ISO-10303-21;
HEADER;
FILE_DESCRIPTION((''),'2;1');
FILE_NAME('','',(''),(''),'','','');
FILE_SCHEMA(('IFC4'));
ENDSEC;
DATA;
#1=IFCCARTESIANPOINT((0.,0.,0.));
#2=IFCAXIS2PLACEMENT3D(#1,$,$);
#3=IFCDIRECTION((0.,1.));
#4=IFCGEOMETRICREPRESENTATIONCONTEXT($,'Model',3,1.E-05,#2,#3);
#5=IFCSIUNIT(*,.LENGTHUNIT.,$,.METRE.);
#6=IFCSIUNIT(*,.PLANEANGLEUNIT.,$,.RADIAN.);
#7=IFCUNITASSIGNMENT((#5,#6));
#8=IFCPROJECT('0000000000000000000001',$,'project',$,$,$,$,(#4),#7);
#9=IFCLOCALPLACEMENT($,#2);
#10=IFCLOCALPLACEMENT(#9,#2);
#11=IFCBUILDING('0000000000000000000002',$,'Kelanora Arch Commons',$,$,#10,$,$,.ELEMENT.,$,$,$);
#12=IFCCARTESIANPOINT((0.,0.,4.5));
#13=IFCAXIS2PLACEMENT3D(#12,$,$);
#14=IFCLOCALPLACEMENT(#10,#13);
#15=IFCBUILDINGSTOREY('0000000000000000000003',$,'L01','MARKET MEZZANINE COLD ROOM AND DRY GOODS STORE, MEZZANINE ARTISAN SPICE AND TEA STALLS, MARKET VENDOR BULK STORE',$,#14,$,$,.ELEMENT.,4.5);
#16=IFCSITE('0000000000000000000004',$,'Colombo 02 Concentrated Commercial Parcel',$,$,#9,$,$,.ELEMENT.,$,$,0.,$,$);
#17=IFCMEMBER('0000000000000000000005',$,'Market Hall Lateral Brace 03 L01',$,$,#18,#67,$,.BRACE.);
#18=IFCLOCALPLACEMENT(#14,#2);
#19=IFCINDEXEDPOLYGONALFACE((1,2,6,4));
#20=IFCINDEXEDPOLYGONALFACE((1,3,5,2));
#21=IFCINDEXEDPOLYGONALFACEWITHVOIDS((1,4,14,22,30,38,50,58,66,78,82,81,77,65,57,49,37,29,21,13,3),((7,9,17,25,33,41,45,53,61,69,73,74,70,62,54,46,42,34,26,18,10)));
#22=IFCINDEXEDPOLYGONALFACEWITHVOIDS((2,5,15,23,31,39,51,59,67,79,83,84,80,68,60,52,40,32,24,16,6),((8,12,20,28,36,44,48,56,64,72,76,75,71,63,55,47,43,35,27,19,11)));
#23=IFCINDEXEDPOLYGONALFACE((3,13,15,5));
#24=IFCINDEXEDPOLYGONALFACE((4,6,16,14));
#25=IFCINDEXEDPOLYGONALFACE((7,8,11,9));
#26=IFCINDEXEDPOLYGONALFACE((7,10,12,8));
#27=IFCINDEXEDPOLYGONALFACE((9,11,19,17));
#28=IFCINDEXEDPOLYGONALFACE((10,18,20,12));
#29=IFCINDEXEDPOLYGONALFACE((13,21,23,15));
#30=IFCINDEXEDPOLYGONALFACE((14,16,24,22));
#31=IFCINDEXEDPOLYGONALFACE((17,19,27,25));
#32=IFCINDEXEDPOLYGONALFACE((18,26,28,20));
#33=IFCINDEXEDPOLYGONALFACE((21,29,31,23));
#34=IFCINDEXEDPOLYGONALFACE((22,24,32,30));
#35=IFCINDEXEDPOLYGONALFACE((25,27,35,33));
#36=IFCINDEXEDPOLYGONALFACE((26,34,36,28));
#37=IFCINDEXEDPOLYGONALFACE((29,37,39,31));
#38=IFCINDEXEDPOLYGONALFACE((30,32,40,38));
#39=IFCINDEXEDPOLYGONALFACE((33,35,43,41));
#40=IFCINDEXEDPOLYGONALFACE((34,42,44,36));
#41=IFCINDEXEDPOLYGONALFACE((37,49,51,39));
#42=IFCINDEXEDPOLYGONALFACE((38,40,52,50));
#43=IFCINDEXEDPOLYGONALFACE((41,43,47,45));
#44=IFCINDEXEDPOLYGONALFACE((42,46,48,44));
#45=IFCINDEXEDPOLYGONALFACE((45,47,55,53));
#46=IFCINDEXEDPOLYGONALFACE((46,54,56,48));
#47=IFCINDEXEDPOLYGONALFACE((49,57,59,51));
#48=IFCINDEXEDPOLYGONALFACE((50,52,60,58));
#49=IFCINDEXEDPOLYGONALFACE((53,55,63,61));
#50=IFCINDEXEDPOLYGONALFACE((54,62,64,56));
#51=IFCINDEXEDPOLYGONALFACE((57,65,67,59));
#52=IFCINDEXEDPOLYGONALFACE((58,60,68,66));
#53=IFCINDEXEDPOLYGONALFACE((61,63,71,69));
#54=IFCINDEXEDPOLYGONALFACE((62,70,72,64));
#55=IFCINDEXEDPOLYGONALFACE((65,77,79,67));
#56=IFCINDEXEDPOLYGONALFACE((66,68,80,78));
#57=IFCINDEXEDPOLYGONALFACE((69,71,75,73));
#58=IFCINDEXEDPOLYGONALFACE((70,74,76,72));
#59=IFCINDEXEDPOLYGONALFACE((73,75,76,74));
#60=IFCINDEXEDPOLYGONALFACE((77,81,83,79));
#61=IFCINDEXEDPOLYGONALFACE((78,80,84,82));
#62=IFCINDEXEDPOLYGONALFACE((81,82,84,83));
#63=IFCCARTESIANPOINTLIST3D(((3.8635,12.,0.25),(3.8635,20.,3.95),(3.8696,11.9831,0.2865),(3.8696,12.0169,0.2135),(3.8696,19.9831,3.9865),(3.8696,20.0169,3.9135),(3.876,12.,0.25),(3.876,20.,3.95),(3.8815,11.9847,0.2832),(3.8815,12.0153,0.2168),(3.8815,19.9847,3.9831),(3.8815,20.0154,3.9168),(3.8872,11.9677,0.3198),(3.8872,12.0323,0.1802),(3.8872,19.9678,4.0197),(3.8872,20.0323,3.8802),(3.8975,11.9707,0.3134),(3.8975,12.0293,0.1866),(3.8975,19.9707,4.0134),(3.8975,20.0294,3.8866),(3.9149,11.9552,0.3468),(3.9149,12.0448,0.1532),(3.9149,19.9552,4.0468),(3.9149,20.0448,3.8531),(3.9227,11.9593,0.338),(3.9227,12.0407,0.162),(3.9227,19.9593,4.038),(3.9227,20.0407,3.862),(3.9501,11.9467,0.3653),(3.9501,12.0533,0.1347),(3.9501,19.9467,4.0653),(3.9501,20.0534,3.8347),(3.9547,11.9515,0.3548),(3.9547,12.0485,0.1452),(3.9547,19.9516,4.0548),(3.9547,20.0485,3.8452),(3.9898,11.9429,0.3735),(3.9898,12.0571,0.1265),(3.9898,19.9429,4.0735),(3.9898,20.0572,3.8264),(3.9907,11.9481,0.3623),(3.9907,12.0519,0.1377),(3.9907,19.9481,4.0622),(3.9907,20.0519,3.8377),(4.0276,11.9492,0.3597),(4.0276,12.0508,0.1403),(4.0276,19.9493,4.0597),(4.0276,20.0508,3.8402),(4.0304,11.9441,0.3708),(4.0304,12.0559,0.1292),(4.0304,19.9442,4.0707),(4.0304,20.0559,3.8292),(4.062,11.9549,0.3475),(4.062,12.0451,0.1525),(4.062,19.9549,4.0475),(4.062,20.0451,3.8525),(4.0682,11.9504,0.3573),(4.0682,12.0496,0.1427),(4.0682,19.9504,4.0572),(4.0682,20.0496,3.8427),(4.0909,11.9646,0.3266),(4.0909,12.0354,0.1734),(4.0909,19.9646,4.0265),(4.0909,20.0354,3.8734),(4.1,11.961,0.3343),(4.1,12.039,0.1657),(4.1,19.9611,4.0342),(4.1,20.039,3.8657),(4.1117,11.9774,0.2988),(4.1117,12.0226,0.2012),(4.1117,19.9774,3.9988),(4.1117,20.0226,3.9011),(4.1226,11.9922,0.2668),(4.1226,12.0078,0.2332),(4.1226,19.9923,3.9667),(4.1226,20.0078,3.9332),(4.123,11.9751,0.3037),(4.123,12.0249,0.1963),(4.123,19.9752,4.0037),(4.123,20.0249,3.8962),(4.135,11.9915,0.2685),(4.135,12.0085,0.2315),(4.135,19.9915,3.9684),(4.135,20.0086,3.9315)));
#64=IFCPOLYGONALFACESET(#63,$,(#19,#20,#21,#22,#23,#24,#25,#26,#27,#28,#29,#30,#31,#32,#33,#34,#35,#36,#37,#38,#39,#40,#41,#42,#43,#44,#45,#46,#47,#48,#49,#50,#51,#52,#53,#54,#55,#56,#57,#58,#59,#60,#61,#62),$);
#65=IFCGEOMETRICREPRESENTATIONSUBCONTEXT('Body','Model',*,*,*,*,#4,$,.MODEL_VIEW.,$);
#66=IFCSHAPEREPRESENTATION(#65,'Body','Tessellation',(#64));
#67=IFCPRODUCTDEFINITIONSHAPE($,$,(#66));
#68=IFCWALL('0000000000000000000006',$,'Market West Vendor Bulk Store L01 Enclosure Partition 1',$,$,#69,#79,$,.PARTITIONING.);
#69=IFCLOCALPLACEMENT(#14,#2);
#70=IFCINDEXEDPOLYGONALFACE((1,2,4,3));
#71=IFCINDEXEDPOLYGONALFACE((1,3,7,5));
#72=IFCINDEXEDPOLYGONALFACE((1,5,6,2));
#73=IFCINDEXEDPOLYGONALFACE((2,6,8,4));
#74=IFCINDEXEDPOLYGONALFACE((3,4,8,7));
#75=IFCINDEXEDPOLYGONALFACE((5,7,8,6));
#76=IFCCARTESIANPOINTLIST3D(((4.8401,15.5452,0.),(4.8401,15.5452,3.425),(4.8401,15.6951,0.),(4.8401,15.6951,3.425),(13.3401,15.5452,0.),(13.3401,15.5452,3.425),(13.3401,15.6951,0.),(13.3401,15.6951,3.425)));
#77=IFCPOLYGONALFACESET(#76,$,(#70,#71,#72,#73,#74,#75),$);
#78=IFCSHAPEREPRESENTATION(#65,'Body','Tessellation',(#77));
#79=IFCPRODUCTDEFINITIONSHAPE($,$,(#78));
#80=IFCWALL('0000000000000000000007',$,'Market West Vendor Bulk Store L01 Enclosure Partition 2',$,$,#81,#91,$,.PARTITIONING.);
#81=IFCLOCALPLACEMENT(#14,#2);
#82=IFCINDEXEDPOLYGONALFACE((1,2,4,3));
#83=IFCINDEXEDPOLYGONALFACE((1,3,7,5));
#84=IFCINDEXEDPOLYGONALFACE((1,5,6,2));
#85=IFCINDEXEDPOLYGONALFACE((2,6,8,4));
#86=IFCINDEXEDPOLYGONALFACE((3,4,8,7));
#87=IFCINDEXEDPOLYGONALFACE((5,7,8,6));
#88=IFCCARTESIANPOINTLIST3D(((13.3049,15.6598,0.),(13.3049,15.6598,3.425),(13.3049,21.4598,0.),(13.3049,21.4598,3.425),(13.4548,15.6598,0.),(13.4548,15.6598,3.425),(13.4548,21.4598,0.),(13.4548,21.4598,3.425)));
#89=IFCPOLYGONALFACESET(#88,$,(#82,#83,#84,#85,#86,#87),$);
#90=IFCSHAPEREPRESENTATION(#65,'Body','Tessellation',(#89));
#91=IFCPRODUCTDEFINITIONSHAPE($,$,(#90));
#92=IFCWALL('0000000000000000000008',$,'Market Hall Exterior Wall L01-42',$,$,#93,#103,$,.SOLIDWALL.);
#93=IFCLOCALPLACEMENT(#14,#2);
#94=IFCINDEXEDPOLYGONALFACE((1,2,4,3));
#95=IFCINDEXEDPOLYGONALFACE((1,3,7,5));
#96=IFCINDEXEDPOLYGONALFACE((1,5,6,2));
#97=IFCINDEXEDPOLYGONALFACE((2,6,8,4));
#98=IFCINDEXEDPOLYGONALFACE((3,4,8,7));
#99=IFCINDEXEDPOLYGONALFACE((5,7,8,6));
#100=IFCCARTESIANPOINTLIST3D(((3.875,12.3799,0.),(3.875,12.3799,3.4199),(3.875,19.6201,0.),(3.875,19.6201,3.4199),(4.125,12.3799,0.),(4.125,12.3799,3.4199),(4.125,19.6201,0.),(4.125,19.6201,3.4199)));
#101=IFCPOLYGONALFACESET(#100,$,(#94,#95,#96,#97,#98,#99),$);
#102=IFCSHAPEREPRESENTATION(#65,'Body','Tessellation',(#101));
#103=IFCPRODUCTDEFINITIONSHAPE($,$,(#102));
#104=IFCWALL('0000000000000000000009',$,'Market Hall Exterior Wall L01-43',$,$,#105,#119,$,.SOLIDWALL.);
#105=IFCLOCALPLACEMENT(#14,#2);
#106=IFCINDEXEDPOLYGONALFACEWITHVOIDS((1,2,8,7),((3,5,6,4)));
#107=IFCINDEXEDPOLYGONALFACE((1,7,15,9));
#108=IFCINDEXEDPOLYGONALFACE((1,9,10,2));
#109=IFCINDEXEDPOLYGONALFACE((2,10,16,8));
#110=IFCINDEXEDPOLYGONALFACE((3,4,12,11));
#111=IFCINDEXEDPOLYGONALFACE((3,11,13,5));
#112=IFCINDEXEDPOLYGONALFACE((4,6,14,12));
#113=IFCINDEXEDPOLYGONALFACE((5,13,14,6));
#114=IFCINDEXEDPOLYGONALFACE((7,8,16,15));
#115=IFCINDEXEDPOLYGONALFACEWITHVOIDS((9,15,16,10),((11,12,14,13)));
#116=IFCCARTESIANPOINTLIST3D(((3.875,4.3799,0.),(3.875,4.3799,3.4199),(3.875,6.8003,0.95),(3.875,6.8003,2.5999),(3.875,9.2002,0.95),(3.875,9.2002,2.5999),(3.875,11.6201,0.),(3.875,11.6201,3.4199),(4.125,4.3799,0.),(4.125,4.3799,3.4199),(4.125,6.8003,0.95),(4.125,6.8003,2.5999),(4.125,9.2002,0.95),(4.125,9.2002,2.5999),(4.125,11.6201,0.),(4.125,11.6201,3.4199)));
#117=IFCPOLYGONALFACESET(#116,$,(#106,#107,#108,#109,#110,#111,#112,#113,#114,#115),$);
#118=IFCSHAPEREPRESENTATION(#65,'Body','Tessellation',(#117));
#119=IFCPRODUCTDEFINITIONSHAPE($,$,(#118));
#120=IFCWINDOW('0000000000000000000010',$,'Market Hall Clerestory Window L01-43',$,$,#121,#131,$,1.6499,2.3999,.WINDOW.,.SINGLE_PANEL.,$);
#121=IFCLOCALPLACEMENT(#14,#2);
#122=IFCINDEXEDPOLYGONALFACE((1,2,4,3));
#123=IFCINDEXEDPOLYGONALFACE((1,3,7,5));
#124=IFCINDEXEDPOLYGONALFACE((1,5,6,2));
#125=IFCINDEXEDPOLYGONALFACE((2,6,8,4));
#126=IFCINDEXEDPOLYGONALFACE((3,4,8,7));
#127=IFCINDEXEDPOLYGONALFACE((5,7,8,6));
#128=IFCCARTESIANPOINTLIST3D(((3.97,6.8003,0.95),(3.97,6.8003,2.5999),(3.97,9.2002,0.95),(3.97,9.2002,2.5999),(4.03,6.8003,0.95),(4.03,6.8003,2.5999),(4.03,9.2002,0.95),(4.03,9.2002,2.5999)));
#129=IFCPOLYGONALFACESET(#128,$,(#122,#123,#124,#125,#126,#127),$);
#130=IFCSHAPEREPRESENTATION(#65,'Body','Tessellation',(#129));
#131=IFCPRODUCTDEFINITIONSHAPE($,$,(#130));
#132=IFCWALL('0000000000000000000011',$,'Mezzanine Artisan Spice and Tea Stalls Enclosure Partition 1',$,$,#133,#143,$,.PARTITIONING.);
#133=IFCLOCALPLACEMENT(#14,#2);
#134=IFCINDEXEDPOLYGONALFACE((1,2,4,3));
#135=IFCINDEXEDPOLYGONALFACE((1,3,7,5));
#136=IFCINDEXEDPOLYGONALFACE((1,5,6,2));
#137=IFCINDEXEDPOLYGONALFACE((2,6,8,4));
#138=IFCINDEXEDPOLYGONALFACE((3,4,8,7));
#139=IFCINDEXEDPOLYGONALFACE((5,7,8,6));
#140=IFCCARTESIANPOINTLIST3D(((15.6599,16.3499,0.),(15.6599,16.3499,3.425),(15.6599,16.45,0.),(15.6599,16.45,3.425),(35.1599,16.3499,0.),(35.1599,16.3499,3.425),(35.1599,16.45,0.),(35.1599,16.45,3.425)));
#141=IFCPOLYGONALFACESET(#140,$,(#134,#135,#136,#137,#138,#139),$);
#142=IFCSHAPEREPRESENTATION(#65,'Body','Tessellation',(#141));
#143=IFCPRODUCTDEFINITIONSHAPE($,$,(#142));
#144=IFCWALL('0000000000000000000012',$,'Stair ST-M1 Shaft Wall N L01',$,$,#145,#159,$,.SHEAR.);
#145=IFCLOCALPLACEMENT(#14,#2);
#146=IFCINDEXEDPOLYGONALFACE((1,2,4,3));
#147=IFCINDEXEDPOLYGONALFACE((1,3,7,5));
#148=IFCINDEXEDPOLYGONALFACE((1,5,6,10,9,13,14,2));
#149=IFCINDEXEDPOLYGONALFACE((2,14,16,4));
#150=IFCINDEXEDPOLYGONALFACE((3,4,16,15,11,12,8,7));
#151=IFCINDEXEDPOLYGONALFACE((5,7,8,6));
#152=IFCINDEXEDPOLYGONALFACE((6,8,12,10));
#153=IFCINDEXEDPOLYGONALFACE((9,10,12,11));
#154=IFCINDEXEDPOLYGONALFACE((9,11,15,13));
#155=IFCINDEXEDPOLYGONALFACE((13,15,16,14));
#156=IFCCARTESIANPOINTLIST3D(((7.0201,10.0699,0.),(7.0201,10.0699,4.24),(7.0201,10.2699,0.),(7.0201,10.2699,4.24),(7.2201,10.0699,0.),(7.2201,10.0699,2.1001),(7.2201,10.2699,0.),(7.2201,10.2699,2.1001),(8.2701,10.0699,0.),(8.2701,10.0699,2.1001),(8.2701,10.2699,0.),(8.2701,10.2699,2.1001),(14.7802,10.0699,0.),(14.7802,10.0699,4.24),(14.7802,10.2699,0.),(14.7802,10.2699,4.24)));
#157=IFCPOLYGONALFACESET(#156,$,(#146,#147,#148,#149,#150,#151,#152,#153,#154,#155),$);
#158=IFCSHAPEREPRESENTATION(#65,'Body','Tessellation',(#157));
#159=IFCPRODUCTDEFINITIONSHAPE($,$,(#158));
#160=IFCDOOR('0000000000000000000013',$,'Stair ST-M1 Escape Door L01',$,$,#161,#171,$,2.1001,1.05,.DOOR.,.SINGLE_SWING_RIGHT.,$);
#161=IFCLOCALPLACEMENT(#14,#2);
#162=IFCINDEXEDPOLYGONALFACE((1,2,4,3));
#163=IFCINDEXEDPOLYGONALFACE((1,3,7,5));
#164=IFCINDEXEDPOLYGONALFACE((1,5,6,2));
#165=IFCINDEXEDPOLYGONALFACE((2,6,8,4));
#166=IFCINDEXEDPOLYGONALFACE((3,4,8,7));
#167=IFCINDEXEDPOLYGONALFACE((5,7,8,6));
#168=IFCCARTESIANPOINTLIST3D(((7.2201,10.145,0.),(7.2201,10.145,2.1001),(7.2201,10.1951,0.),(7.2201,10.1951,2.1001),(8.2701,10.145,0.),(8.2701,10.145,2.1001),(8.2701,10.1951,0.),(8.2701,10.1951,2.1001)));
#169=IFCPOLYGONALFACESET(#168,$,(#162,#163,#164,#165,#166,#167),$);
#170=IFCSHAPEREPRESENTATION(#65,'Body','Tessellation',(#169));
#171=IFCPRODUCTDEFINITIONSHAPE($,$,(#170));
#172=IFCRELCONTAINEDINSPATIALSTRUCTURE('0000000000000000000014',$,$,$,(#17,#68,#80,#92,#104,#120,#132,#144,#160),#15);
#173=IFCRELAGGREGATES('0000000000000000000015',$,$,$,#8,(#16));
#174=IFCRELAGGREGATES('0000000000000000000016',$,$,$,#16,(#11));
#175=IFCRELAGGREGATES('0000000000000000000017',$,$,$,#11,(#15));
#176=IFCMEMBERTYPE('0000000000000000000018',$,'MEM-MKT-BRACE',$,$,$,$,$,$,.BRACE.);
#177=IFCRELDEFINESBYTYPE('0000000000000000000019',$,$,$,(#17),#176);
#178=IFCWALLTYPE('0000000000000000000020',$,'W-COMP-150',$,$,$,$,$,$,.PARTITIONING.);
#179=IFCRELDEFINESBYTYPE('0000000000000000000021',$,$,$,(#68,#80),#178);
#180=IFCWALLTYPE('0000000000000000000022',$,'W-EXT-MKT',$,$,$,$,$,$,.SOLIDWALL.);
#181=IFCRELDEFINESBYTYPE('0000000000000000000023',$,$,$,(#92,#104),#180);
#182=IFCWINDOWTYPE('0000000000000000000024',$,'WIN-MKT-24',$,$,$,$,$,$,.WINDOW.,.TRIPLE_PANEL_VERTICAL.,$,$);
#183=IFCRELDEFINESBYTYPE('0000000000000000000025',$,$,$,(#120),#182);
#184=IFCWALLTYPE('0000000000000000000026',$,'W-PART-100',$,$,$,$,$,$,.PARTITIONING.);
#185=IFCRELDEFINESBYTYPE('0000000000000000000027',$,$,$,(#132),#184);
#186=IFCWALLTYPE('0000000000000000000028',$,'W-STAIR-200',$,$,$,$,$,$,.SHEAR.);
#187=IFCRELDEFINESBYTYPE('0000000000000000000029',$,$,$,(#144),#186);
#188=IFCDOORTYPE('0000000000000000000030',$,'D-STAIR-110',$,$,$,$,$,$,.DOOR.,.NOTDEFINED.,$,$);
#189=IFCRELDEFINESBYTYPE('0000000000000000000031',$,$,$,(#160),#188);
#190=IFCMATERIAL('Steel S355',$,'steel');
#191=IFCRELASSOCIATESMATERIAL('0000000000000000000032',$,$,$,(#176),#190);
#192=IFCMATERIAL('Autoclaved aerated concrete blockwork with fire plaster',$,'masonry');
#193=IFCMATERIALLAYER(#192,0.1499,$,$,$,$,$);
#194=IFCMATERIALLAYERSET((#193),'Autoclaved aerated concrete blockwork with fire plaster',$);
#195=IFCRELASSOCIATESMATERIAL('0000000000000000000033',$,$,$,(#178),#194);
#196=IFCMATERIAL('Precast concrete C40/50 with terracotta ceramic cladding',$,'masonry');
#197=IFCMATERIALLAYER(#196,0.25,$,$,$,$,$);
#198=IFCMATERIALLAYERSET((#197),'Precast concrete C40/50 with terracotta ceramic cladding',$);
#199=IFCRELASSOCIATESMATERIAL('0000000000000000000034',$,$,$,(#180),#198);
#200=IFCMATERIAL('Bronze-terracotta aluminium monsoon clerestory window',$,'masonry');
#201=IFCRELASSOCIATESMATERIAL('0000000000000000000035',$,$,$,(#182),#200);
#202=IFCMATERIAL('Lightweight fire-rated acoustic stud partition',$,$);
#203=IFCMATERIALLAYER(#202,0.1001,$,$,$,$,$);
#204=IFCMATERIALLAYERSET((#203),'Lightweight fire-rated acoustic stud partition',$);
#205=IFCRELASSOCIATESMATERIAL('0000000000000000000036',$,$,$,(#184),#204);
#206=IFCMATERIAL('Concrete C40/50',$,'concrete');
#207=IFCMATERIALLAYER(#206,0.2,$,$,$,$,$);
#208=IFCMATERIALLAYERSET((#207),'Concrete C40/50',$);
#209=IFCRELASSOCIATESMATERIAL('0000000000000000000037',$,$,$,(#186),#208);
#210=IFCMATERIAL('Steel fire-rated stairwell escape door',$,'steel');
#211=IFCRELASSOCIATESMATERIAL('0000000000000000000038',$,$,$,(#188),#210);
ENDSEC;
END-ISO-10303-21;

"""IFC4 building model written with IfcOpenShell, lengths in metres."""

from ifc_helpers import new_model, si_unit, direction, frame, frame_2d, origin, origin_2d, place, context, subcontext, project, spatial, rectangle, hollow_circle, extrude, material, layer, layer_set, material_profile, profile_set, type_object, element, fill, save


model = new_model("IFC4")

# Units and contexts
model_context = context("Model", 3, precision=1e-05, world=origin(), true_north=direction((0.0, 1.0)))
body_context = subcontext(model_context, "Body", "Model", "MODEL_VIEW")
ifc_project = project(units=[si_unit("LENGTHUNIT", "METRE"), si_unit("PLANEANGLEUNIT", "RADIAN")], contexts=[model_context])

# Site, building, storey
site_placement = place(None, origin())
site = spatial("IfcSite", under=ifc_project, at=site_placement, Name="Colombo 02 Concentrated Commercial Parcel", CompositionType="ELEMENT", RefElevation=0.0)
building_placement = place(site_placement, origin())
building = spatial("IfcBuilding", under=site, at=building_placement, Name="Kelanora Arch Commons", CompositionType="ELEMENT")
storey_placement = place(building_placement, frame((0.0, 0.0, 4.5)))
storey = spatial("IfcBuildingStorey", under=building, at=storey_placement, Name="L01", Description="MARKET MEZZANINE COLD ROOM AND DRY GOODS STORE, MEZZANINE ARTISAN SPICE AND TEA STALLS, MARKET VENDOR BULK STORE", CompositionType="ELEMENT", Elevation=4.5)

# Shared definitions
ifc_material_1 = material(Name="Concrete C40/50", Category="concrete")

# Member
ifc_material_2 = material(Name="Steel S355", Category="steel")
ifc_material_profile_1 = material_profile(ifc_material_2, hollow_circle(Radius=0.1365, WallThickness=0.0125, at=origin_2d()), Name="CHS273x12.5")
ifc_profile_set_1 = profile_set([ifc_material_profile_1], Name="Steel S355")
member_type = type_object("IfcMemberType", Name="MEM-MKT-BRACE", PredefinedType="BRACE", material=ifc_profile_set_1)
member_placement = place(storey_placement, frame((4.0, 12.0, 0.25), z_axis=(0.0, 0.907629, 0.419773), x_axis=(-1.0, 0.0, 0.0)))
element("IfcMember", 1, at=member_placement, inside=storey, type_object=member_type, Name="Market Hall Lateral Brace 03 L01", PredefinedType="BRACE", context=body_context, shape_type="SweptSolid", body=[
    extrude(hollow_circle(Radius=0.1365, WallThickness=0.0125, at=origin_2d()), origin(), (0.0, 0.0, 1.0), 8.8142),
])

# Walls
ifc_material_3 = material(Name="Autoclaved aerated concrete blockwork with fire plaster", Category="masonry")
ifc_layer_1 = layer(ifc_material_3, 0.1499)
ifc_layer_set_1 = layer_set([ifc_layer_1], Name="Autoclaved aerated concrete blockwork with fire plaster")
wall_type_1 = type_object("IfcWallType", Name="W-COMP-150", PredefinedType="PARTITIONING", material=ifc_layer_set_1)
wall_1_placement = place(storey_placement, frame((4.8401, 15.6201, 0.0), z_axis=(0.0, 0.0, 1.0), x_axis=(1.0, 0.0, 0.0)))
element("IfcWall", 2, at=wall_1_placement, inside=storey, type_object=wall_type_1, Name="Market West Vendor Bulk Store L01 Enclosure Partition 1", PredefinedType="PARTITIONING", context=body_context, shape_type="SweptSolid", body=[
    extrude(rectangle(XDim=8.5, YDim=0.1499, at=frame_2d((4.25, 0.0))), origin(), (0.0, 0.0, 1.0), 3.425),
])
wall_2_placement = place(storey_placement, frame((13.3799, 15.6599, 0.0), z_axis=(0.0, 0.0, 1.0), x_axis=(0.0, 1.0, 0.0)))
element("IfcWall", 3, at=wall_2_placement, inside=storey, type_object=wall_type_1, Name="Market West Vendor Bulk Store L01 Enclosure Partition 2", PredefinedType="PARTITIONING", context=body_context, shape_type="SweptSolid", body=[
    extrude(rectangle(XDim=5.8, YDim=0.1499, at=frame_2d((2.8999, 0.0))), origin(), (0.0, 0.0, 1.0), 3.425),
])
ifc_material_4 = material(Name="Precast concrete C40/50 with terracotta ceramic cladding", Category="masonry")
ifc_layer_2 = layer(ifc_material_4, 0.25)
ifc_layer_set_2 = layer_set([ifc_layer_2], Name="Precast concrete C40/50 with terracotta ceramic cladding")
wall_type_2 = type_object("IfcWallType", Name="W-EXT-MKT", PredefinedType="SOLIDWALL", material=ifc_layer_set_2)
wall_3_placement = place(storey_placement, frame((4.0, 19.6201, 0.0), z_axis=(0.0, 0.0, 1.0), x_axis=(0.0, -1.0, 0.0)))
element("IfcWall", 4, at=wall_3_placement, inside=storey, type_object=wall_type_2, Name="Market Hall Exterior Wall L01-42", PredefinedType="SOLIDWALL", context=body_context, shape_type="SweptSolid", body=[
    extrude(rectangle(XDim=7.2402, YDim=0.25, at=frame_2d((3.6201, 0.0))), origin(), (0.0, 0.0, 1.0), 3.4199),
])

# Wall, opening, window
wall_4_placement = place(storey_placement, frame((4.0, 11.6201, 0.0), z_axis=(0.0, 0.0, 1.0), x_axis=(0.0, -1.0, 0.0)))
wall_4 = element("IfcWall", 5, at=wall_4_placement, inside=storey, type_object=wall_type_2, Name="Market Hall Exterior Wall L01-43", PredefinedType="SOLIDWALL", context=body_context, shape_type="SweptSolid", body=[
    extrude(rectangle(XDim=7.2402, YDim=0.25, at=frame_2d((3.6201, 0.0))), origin(), (0.0, 0.0, 1.0), 3.4199),
])
opening_1_placement = place(wall_4_placement, frame((2.4199, 0.0, 0.95)))
opening_1 = element("IfcOpeningElement", 6, at=opening_1_placement, cuts=wall_4, PredefinedType="OPENING", context=body_context, shape_type="SweptSolid", body=[
    extrude(rectangle(XDim=2.3999, YDim=1.6499, at=frame_2d((1.2, 0.825))), frame((0.0, 0.135, 0.0), z_axis=(0.0, -1.0, 0.0), x_axis=(1.0, 0.0, 0.0)), (0.0, 0.0, 1.0), 0.27),
])
ifc_material_5 = material(Name="Bronze-terracotta aluminium monsoon clerestory window", Category="masonry")
window_type = type_object("IfcWindowType", Name="WIN-MKT-24", PartitioningType="TRIPLE_PANEL_VERTICAL", PredefinedType="WINDOW", material=ifc_material_5)
window_placement = place(opening_1_placement, origin())
window = element("IfcWindow", 7, at=window_placement, inside=storey, type_object=window_type, Name="Market Hall Clerestory Window L01-43", OverallHeight=1.6499, OverallWidth=2.3999, PartitioningType="SINGLE_PANEL", PredefinedType="WINDOW", context=body_context, shape_type="SweptSolid", body=[
    extrude(rectangle(XDim=2.3999, YDim=1.6499, at=frame_2d((1.2, 0.825))), frame((0.0, 0.03, 0.0), z_axis=(0.0, -1.0, 0.0), x_axis=(1.0, 0.0, 0.0)), (0.0, 0.0, 1.0), 0.0601),
])
fill(opening_1, window)

# Wall
ifc_material_6 = material(Name="Lightweight fire-rated acoustic stud partition")
ifc_layer_3 = layer(ifc_material_6, 0.1001)
ifc_layer_set_3 = layer_set([ifc_layer_3], Name="Lightweight fire-rated acoustic stud partition")
wall_type_3 = type_object("IfcWallType", Name="W-PART-100", PredefinedType="PARTITIONING", material=ifc_layer_set_3)
wall_5_placement = place(storey_placement, frame((15.6599, 16.3999, 0.0), z_axis=(0.0, 0.0, 1.0), x_axis=(1.0, 0.0, 0.0)))
element("IfcWall", 8, at=wall_5_placement, inside=storey, type_object=wall_type_3, Name="Mezzanine Artisan Spice and Tea Stalls Enclosure Partition 1", PredefinedType="PARTITIONING", context=body_context, shape_type="SweptSolid", body=[
    extrude(rectangle(XDim=19.5, YDim=0.1001, at=frame_2d((9.75, 0.0))), origin(), (0.0, 0.0, 1.0), 3.425),
])

# Wall, opening, door
ifc_layer_4 = layer(ifc_material_1, 0.2)
ifc_layer_set_4 = layer_set([ifc_layer_4], Name="Concrete C40/50")
wall_type_4 = type_object("IfcWallType", Name="W-STAIR-200", PredefinedType="SHEAR", material=ifc_layer_set_4)
wall_6_placement = place(storey_placement, frame((14.78, 10.1699, 0.0), z_axis=(0.0, 0.0, 1.0), x_axis=(-1.0, 0.0, 0.0)))
wall_6 = element("IfcWall", 9, at=wall_6_placement, inside=storey, type_object=wall_type_4, Name="Stair ST-M1 Shaft Wall N L01", PredefinedType="SHEAR", context=body_context, shape_type="SweptSolid", body=[
    extrude(rectangle(XDim=7.76, YDim=0.2, at=frame_2d((3.8799, 0.0))), origin(), (0.0, 0.0, 1.0), 4.24),
])
opening_2_placement = place(wall_6_placement, frame((6.51, 0.0, 0.0)))
opening_2 = element("IfcOpeningElement", 10, at=opening_2_placement, cuts=wall_6, PredefinedType="OPENING", context=body_context, shape_type="SweptSolid", body=[
    extrude(rectangle(XDim=1.05, YDim=2.1001, at=frame_2d((0.5249, 1.05))), frame((0.0, 0.1099, 0.0), z_axis=(0.0, -1.0, 0.0), x_axis=(1.0, 0.0, 0.0)), (0.0, 0.0, 1.0), 0.22),
])
ifc_material_7 = material(Name="Steel fire-rated stairwell escape door", Category="steel")
door_type = type_object("IfcDoorType", Name="D-STAIR-110", OperationType="NOTDEFINED", PredefinedType="DOOR", material=ifc_material_7)
door_placement = place(opening_2_placement, origin())
door = element("IfcDoor", 11, at=door_placement, inside=storey, type_object=door_type, Name="Stair ST-M1 Escape Door L01", OperationType="SINGLE_SWING_RIGHT", OverallHeight=2.1001, OverallWidth=1.05, PredefinedType="DOOR", context=body_context, shape_type="SweptSolid", body=[
    extrude(rectangle(XDim=1.05, YDim=2.1001, at=frame_2d((0.5249, 1.05))), frame((0.0, 0.0249, 0.0), z_axis=(0.0, -1.0, 0.0), x_axis=(1.0, 0.0, 0.0)), (0.0, 0.0, 1.0), 0.05),
])
fill(opening_2, door)

save(model, "model.ifc")
